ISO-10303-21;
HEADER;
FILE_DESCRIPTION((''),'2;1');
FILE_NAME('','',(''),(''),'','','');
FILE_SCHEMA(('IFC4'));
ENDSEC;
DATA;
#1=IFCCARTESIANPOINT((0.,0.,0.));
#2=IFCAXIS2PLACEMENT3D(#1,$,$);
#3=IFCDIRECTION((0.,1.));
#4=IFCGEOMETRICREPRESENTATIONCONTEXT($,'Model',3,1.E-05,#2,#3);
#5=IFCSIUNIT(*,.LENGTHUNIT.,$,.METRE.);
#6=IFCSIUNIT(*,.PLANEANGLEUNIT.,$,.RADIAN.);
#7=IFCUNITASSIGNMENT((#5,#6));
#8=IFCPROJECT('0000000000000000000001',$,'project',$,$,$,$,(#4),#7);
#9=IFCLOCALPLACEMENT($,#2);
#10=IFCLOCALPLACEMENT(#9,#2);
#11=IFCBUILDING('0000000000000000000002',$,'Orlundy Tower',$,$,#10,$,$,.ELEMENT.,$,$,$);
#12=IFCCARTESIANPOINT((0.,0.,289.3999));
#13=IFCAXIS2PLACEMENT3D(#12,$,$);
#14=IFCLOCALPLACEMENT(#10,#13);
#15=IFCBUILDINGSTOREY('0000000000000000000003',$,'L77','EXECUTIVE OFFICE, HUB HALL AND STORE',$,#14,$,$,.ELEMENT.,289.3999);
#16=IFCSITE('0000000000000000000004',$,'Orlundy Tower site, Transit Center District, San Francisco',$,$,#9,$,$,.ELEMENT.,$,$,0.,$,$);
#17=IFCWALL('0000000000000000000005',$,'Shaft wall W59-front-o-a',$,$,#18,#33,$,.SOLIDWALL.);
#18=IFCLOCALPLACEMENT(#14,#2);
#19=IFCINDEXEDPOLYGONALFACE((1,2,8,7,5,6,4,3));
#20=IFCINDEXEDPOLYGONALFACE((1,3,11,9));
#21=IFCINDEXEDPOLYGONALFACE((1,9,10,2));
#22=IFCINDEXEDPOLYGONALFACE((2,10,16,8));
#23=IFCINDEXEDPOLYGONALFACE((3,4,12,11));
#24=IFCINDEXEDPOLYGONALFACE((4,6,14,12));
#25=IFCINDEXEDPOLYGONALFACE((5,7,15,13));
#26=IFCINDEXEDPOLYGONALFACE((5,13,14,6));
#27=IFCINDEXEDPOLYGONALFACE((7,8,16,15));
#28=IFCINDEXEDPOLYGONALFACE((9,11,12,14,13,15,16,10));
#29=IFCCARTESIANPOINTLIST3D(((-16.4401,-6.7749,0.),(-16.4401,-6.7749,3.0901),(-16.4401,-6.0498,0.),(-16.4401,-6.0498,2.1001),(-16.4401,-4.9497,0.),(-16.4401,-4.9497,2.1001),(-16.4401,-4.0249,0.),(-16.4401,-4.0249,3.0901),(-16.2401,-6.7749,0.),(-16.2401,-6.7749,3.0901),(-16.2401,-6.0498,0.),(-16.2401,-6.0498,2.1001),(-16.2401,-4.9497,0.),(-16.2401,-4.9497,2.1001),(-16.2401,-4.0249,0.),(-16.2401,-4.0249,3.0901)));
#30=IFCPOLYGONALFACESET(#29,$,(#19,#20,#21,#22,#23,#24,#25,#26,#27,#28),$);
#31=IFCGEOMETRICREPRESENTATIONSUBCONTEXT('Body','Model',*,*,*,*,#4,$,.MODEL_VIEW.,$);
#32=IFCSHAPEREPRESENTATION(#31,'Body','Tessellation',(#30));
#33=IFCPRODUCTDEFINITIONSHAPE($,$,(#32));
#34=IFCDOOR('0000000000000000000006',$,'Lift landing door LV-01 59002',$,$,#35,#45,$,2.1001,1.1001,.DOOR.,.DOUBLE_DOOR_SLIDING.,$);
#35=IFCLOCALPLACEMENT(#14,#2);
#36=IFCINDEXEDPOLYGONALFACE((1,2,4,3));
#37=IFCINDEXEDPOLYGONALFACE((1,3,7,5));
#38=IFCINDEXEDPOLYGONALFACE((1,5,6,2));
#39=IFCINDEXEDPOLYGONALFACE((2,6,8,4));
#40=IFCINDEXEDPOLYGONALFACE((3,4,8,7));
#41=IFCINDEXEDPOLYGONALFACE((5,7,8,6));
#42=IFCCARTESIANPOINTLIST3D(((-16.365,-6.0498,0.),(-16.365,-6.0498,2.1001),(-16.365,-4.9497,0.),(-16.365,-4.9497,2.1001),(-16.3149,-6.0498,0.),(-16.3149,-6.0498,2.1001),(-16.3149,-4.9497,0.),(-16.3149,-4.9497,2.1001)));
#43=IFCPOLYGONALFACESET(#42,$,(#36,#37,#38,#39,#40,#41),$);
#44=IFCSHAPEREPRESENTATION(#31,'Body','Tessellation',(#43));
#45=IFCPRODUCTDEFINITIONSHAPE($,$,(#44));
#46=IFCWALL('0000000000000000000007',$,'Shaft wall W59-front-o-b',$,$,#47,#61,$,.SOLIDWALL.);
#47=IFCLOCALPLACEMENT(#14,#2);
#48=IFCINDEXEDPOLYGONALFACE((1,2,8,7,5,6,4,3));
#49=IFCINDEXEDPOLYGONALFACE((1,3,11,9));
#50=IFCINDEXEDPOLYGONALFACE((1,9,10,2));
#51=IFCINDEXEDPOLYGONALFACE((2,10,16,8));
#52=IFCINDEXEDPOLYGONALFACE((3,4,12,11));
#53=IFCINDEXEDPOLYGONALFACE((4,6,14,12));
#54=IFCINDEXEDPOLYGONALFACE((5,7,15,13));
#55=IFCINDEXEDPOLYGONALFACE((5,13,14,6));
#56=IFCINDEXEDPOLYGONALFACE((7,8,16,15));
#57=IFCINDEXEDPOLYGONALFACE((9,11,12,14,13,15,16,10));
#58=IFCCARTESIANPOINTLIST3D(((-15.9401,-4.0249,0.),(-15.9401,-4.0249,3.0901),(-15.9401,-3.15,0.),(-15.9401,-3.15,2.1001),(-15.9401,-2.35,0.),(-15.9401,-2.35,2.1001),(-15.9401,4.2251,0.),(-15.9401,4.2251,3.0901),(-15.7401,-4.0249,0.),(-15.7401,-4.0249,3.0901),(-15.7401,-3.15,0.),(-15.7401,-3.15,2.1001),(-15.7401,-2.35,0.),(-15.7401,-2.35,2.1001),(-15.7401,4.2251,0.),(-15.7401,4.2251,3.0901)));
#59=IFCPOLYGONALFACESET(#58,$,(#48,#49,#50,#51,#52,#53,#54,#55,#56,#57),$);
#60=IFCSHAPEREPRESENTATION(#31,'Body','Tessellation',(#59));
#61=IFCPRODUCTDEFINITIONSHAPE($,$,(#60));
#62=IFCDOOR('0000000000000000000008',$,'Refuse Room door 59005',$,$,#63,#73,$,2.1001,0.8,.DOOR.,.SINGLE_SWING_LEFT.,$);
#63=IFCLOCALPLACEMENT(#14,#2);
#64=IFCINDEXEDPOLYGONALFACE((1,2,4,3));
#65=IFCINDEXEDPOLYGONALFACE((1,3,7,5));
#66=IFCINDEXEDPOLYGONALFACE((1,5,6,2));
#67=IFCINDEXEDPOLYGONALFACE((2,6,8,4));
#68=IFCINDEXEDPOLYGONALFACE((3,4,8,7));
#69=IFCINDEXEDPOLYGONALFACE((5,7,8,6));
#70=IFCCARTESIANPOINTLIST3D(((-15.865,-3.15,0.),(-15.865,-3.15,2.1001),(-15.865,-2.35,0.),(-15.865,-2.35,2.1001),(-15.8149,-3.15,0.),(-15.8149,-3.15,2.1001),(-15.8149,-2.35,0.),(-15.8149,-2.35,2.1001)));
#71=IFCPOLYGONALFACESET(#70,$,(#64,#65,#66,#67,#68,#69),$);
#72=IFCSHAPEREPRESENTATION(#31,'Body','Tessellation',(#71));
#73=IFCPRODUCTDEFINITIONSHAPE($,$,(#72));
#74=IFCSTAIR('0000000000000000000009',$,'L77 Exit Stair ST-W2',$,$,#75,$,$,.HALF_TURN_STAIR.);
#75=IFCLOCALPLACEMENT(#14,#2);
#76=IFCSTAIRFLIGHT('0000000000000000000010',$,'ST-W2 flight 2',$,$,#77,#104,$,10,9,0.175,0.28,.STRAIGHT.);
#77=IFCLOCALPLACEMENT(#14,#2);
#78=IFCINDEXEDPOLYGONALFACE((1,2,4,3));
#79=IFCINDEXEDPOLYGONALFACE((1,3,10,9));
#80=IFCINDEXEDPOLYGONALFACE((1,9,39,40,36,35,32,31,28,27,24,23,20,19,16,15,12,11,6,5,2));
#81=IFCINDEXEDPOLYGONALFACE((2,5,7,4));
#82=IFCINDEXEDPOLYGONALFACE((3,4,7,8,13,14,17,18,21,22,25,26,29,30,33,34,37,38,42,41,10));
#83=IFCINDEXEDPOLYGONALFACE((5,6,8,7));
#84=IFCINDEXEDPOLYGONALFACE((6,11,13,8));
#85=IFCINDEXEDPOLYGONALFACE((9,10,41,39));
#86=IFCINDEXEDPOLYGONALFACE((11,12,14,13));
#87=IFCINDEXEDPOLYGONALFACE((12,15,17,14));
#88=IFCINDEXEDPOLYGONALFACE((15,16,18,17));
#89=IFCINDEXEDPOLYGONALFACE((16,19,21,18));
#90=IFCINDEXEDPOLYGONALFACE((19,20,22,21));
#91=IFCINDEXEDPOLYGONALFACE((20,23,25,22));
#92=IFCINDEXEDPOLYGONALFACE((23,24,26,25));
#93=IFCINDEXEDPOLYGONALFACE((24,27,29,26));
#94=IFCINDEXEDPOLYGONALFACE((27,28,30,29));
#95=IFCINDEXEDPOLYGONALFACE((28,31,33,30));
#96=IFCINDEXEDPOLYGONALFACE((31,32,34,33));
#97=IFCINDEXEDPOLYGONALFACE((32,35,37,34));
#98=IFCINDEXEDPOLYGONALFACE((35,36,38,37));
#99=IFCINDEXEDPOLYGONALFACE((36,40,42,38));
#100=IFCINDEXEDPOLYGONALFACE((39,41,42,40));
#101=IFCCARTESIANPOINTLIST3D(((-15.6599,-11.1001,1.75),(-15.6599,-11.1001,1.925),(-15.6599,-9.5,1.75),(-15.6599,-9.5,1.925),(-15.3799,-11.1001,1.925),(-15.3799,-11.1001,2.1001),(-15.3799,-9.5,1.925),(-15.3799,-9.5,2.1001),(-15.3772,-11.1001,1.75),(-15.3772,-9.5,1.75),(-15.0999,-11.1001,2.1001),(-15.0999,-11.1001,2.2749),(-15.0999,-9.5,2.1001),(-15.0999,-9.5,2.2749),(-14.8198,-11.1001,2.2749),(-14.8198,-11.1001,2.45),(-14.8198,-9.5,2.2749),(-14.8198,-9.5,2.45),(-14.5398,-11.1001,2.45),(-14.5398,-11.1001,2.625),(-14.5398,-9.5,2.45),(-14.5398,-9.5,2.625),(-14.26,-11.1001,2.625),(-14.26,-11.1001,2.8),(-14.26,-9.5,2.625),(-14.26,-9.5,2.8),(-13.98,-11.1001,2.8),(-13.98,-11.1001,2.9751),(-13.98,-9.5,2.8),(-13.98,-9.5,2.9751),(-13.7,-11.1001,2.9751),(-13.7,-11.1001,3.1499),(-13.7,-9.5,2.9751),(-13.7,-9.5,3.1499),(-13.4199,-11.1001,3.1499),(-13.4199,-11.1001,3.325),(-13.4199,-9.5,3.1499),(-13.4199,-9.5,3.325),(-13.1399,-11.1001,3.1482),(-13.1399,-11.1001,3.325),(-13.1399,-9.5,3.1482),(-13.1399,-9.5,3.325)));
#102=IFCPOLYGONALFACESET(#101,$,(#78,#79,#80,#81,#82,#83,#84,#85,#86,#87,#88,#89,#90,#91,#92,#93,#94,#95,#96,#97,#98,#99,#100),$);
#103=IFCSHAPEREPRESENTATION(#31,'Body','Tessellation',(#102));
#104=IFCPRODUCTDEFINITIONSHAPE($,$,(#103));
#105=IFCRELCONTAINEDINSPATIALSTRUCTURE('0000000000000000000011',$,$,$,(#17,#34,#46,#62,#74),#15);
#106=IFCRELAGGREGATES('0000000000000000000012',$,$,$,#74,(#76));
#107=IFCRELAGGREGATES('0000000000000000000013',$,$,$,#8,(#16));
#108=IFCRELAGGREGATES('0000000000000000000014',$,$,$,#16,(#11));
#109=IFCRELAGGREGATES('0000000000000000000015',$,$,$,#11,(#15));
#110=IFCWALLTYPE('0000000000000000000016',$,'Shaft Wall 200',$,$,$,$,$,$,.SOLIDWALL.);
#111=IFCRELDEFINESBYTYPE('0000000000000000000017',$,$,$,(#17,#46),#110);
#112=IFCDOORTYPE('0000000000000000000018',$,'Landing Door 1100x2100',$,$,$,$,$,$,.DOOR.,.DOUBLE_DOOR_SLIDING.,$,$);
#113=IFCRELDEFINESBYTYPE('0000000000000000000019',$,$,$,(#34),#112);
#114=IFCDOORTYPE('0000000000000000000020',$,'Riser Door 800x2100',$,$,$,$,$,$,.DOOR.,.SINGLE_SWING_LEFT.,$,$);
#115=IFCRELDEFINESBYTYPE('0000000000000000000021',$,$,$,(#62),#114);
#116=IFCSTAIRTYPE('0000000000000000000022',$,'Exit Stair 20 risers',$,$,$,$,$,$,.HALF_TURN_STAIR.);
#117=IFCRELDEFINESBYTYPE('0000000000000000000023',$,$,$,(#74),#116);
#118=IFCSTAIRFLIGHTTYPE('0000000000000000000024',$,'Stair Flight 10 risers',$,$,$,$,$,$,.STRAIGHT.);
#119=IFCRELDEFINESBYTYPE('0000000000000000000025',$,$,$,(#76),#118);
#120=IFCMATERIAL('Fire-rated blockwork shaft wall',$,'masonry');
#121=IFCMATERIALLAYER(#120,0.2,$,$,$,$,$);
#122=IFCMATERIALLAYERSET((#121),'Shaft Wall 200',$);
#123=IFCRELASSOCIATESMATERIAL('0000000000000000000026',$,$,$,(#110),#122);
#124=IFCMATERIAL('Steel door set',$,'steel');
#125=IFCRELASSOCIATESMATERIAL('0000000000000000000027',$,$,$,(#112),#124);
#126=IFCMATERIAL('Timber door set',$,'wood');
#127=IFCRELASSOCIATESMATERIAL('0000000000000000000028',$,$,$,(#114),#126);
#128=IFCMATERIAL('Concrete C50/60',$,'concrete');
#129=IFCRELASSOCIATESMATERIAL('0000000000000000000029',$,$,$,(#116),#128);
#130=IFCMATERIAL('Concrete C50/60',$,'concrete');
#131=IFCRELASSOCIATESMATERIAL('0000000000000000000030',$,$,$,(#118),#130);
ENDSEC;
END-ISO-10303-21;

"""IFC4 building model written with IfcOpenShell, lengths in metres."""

from ifc_helpers import new_model, si_unit, direction, frame, frame_2d, origin, place, context, subcontext, project, spatial, polyline, rectangle, outline, extrude, material, layer, layer_set, type_object, element, fill, aggregate, save


model = new_model("IFC4")

# Units and contexts
model_context = context("Model", 3, precision=1e-05, world=origin(), true_north=direction((0.0, 1.0)))
body_context = subcontext(model_context, "Body", "Model", "MODEL_VIEW")
ifc_project = project(units=[si_unit("LENGTHUNIT", "METRE"), si_unit("PLANEANGLEUNIT", "RADIAN")], contexts=[model_context])

# Site, building, storey
site_placement = place(None, origin())
site = spatial("IfcSite", under=ifc_project, at=site_placement, Name="Orlundy Tower site, Transit Center District, San Francisco", CompositionType="ELEMENT", RefElevation=0.0)
building_placement = place(site_placement, origin())
building = spatial("IfcBuilding", under=site, at=building_placement, Name="Orlundy Tower", CompositionType="ELEMENT")
storey_placement = place(building_placement, frame((0.0, 0.0, 289.3999)))
storey = spatial("IfcBuildingStorey", under=building, at=storey_placement, Name="L77", Description="EXECUTIVE OFFICE, HUB HALL AND STORE", CompositionType="ELEMENT", Elevation=289.3999)

# Walls, openings, doors
ifc_material_1 = material(Name="Fire-rated blockwork shaft wall", Category="masonry")
ifc_layer_1 = layer(ifc_material_1, 0.2)
ifc_layer_set_1 = layer_set([ifc_layer_1], Name="Shaft Wall 200")
wall_type_1 = type_object("IfcWallType", Name="Shaft Wall 200", PredefinedType="SOLIDWALL", material=ifc_layer_set_1)
wall_1_placement = place(storey_placement, frame((-16.3401, -6.7749, 0.0), z_axis=(0.0, 0.0, 1.0), x_axis=(0.0, 1.0, 0.0)))
wall_1 = element("IfcWall", 1, at=wall_1_placement, inside=storey, type_object=wall_type_1, Name="Shaft wall W59-front-o-a", PredefinedType="SOLIDWALL", context=body_context, shape_type="SweptSolid", body=[
    extrude(rectangle(XDim=2.75, YDim=0.2, at=frame_2d((1.375, 0.0))), origin(), (0.0, 0.0, 1.0), 3.0901),
])
opening_1_placement = place(wall_1_placement, frame((0.7251, 0.0, 0.0)))
opening_1 = element("IfcOpeningElement", 2, at=opening_1_placement, cuts=wall_1, PredefinedType="OPENING", context=body_context, shape_type="SweptSolid", body=[
    extrude(rectangle(XDim=1.1001, YDim=2.1001, at=frame_2d((0.55, 1.05))), frame((0.0, 0.1101, 0.0), z_axis=(0.0, -1.0, 0.0), x_axis=(1.0, 0.0, 0.0)), (0.0, 0.0, 1.0), 0.2202),
])
ifc_material_2 = material(Name="Steel door set", Category="steel")
door_type_1 = type_object("IfcDoorType", Name="Landing Door 1100x2100", OperationType="DOUBLE_DOOR_SLIDING", PredefinedType="DOOR", material=ifc_material_2)
door_1_placement = place(opening_1_placement, origin())
door_1 = element("IfcDoor", 3, at=door_1_placement, inside=storey, type_object=door_type_1, Name="Lift landing door LV-01 59002", OperationType="DOUBLE_DOOR_SLIDING", OverallHeight=2.1001, OverallWidth=1.1001, PredefinedType="DOOR", context=body_context, shape_type="SweptSolid", body=[
    extrude(rectangle(XDim=1.1001, YDim=2.1001, at=frame_2d((0.55, 1.05))), frame((0.0, 0.0249, 0.0), z_axis=(0.0, -1.0, 0.0), x_axis=(1.0, 0.0, 0.0)), (0.0, 0.0, 1.0), 0.05),
])
fill(opening_1, door_1)
wall_2_placement = place(storey_placement, frame((-15.8401, -4.0249, 0.0), z_axis=(0.0, 0.0, 1.0), x_axis=(0.0, 1.0, 0.0)))
wall_2 = element("IfcWall", 4, at=wall_2_placement, inside=storey, type_object=wall_type_1, Name="Shaft wall W59-front-o-b", PredefinedType="SOLIDWALL", context=body_context, shape_type="SweptSolid", body=[
    extrude(rectangle(XDim=8.25, YDim=0.2, at=frame_2d((4.125, 0.0))), origin(), (0.0, 0.0, 1.0), 3.0901),
])
opening_2_placement = place(wall_2_placement, frame((0.875, 0.0, 0.0)))
opening_2 = element("IfcOpeningElement", 5, at=opening_2_placement, cuts=wall_2, PredefinedType="OPENING", context=body_context, shape_type="SweptSolid", body=[
    extrude(rectangle(XDim=0.8, YDim=2.1001, at=frame_2d((0.3999, 1.05))), frame((0.0, 0.1101, 0.0), z_axis=(0.0, -1.0, 0.0), x_axis=(1.0, 0.0, 0.0)), (0.0, 0.0, 1.0), 0.2202),
])
ifc_material_3 = material(Name="Timber door set", Category="wood")
door_type_2 = type_object("IfcDoorType", Name="Riser Door 800x2100", OperationType="SINGLE_SWING_LEFT", PredefinedType="DOOR", material=ifc_material_3)
door_2_placement = place(opening_2_placement, origin())
door_2 = element("IfcDoor", 6, at=door_2_placement, inside=storey, type_object=door_type_2, Name="Refuse Room door 59005", OperationType="SINGLE_SWING_LEFT", OverallHeight=2.1001, OverallWidth=0.8, PredefinedType="DOOR", context=body_context, shape_type="SweptSolid", body=[
    extrude(rectangle(XDim=0.8, YDim=2.1001, at=frame_2d((0.3999, 1.05))), frame((0.0, 0.0249, 0.0), z_axis=(0.0, -1.0, 0.0), x_axis=(1.0, 0.0, 0.0)), (0.0, 0.0, 1.0), 0.05),
])
fill(opening_2, door_2)

# Stair, stair flight
ifc_material_4 = material(Name="Concrete C50/60", Category="concrete")
stair_type = type_object("IfcStairType", Name="Exit Stair 20 risers", PredefinedType="HALF_TURN_STAIR", material=ifc_material_4)
stair_placement = place(storey_placement, origin())
stair = element("IfcStair", 7, at=stair_placement, inside=storey, type_object=stair_type, Name="L77 Exit Stair ST-W2", PredefinedType="HALF_TURN_STAIR")
ifc_material_5 = material(Name="Concrete C50/60", Category="concrete")
stair_flight_type = type_object("IfcStairFlightType", Name="Stair Flight 10 risers", PredefinedType="STRAIGHT", material=ifc_material_5)
stair_flight_placement = place(storey_placement, frame((-15.6599, -10.3, 1.75), z_axis=(0.0, 0.0, 1.0), x_axis=(1.0, 0.0, 0.0)))
stair_flight = element("IfcStairFlight", 8, at=stair_flight_placement, type_object=stair_flight_type, Name="ST-W2 flight 2", NumberOfRisers=10, NumberOfTreads=9, PredefinedType="STRAIGHT", RiserHeight=0.175, TreadLength=0.28, context=body_context, shape_type="SweptSolid", body=[
    extrude(outline(polyline([(0.0, 0.0), (0.0, 0.175), (0.28, 0.175), (0.28, 0.3501), (0.5601, 0.3501), (0.5601, 0.5249), (0.8401, 0.5249), (0.8401, 0.7), (1.1201, 0.7), (1.1201, 0.875), (1.3999, 0.875), (1.3999, 1.05), (1.6799, 1.05), (1.6799, 1.2251), (1.96, 1.2251), (1.96, 1.3999), (2.24, 1.3999), (2.24, 1.575), (2.52, 1.575), (2.52, 1.75), (2.52, 1.3982), (0.2827, 0.0), (0.0, 0.0)])), frame((0.0, 0.8, 0.0), z_axis=(0.0, -1.0, 0.0), x_axis=(1.0, 0.0, 0.0)), (0.0, 0.0, 1.0), 1.6001),
])
aggregate(stair, [stair_flight])

save(model, "model.ifc")
